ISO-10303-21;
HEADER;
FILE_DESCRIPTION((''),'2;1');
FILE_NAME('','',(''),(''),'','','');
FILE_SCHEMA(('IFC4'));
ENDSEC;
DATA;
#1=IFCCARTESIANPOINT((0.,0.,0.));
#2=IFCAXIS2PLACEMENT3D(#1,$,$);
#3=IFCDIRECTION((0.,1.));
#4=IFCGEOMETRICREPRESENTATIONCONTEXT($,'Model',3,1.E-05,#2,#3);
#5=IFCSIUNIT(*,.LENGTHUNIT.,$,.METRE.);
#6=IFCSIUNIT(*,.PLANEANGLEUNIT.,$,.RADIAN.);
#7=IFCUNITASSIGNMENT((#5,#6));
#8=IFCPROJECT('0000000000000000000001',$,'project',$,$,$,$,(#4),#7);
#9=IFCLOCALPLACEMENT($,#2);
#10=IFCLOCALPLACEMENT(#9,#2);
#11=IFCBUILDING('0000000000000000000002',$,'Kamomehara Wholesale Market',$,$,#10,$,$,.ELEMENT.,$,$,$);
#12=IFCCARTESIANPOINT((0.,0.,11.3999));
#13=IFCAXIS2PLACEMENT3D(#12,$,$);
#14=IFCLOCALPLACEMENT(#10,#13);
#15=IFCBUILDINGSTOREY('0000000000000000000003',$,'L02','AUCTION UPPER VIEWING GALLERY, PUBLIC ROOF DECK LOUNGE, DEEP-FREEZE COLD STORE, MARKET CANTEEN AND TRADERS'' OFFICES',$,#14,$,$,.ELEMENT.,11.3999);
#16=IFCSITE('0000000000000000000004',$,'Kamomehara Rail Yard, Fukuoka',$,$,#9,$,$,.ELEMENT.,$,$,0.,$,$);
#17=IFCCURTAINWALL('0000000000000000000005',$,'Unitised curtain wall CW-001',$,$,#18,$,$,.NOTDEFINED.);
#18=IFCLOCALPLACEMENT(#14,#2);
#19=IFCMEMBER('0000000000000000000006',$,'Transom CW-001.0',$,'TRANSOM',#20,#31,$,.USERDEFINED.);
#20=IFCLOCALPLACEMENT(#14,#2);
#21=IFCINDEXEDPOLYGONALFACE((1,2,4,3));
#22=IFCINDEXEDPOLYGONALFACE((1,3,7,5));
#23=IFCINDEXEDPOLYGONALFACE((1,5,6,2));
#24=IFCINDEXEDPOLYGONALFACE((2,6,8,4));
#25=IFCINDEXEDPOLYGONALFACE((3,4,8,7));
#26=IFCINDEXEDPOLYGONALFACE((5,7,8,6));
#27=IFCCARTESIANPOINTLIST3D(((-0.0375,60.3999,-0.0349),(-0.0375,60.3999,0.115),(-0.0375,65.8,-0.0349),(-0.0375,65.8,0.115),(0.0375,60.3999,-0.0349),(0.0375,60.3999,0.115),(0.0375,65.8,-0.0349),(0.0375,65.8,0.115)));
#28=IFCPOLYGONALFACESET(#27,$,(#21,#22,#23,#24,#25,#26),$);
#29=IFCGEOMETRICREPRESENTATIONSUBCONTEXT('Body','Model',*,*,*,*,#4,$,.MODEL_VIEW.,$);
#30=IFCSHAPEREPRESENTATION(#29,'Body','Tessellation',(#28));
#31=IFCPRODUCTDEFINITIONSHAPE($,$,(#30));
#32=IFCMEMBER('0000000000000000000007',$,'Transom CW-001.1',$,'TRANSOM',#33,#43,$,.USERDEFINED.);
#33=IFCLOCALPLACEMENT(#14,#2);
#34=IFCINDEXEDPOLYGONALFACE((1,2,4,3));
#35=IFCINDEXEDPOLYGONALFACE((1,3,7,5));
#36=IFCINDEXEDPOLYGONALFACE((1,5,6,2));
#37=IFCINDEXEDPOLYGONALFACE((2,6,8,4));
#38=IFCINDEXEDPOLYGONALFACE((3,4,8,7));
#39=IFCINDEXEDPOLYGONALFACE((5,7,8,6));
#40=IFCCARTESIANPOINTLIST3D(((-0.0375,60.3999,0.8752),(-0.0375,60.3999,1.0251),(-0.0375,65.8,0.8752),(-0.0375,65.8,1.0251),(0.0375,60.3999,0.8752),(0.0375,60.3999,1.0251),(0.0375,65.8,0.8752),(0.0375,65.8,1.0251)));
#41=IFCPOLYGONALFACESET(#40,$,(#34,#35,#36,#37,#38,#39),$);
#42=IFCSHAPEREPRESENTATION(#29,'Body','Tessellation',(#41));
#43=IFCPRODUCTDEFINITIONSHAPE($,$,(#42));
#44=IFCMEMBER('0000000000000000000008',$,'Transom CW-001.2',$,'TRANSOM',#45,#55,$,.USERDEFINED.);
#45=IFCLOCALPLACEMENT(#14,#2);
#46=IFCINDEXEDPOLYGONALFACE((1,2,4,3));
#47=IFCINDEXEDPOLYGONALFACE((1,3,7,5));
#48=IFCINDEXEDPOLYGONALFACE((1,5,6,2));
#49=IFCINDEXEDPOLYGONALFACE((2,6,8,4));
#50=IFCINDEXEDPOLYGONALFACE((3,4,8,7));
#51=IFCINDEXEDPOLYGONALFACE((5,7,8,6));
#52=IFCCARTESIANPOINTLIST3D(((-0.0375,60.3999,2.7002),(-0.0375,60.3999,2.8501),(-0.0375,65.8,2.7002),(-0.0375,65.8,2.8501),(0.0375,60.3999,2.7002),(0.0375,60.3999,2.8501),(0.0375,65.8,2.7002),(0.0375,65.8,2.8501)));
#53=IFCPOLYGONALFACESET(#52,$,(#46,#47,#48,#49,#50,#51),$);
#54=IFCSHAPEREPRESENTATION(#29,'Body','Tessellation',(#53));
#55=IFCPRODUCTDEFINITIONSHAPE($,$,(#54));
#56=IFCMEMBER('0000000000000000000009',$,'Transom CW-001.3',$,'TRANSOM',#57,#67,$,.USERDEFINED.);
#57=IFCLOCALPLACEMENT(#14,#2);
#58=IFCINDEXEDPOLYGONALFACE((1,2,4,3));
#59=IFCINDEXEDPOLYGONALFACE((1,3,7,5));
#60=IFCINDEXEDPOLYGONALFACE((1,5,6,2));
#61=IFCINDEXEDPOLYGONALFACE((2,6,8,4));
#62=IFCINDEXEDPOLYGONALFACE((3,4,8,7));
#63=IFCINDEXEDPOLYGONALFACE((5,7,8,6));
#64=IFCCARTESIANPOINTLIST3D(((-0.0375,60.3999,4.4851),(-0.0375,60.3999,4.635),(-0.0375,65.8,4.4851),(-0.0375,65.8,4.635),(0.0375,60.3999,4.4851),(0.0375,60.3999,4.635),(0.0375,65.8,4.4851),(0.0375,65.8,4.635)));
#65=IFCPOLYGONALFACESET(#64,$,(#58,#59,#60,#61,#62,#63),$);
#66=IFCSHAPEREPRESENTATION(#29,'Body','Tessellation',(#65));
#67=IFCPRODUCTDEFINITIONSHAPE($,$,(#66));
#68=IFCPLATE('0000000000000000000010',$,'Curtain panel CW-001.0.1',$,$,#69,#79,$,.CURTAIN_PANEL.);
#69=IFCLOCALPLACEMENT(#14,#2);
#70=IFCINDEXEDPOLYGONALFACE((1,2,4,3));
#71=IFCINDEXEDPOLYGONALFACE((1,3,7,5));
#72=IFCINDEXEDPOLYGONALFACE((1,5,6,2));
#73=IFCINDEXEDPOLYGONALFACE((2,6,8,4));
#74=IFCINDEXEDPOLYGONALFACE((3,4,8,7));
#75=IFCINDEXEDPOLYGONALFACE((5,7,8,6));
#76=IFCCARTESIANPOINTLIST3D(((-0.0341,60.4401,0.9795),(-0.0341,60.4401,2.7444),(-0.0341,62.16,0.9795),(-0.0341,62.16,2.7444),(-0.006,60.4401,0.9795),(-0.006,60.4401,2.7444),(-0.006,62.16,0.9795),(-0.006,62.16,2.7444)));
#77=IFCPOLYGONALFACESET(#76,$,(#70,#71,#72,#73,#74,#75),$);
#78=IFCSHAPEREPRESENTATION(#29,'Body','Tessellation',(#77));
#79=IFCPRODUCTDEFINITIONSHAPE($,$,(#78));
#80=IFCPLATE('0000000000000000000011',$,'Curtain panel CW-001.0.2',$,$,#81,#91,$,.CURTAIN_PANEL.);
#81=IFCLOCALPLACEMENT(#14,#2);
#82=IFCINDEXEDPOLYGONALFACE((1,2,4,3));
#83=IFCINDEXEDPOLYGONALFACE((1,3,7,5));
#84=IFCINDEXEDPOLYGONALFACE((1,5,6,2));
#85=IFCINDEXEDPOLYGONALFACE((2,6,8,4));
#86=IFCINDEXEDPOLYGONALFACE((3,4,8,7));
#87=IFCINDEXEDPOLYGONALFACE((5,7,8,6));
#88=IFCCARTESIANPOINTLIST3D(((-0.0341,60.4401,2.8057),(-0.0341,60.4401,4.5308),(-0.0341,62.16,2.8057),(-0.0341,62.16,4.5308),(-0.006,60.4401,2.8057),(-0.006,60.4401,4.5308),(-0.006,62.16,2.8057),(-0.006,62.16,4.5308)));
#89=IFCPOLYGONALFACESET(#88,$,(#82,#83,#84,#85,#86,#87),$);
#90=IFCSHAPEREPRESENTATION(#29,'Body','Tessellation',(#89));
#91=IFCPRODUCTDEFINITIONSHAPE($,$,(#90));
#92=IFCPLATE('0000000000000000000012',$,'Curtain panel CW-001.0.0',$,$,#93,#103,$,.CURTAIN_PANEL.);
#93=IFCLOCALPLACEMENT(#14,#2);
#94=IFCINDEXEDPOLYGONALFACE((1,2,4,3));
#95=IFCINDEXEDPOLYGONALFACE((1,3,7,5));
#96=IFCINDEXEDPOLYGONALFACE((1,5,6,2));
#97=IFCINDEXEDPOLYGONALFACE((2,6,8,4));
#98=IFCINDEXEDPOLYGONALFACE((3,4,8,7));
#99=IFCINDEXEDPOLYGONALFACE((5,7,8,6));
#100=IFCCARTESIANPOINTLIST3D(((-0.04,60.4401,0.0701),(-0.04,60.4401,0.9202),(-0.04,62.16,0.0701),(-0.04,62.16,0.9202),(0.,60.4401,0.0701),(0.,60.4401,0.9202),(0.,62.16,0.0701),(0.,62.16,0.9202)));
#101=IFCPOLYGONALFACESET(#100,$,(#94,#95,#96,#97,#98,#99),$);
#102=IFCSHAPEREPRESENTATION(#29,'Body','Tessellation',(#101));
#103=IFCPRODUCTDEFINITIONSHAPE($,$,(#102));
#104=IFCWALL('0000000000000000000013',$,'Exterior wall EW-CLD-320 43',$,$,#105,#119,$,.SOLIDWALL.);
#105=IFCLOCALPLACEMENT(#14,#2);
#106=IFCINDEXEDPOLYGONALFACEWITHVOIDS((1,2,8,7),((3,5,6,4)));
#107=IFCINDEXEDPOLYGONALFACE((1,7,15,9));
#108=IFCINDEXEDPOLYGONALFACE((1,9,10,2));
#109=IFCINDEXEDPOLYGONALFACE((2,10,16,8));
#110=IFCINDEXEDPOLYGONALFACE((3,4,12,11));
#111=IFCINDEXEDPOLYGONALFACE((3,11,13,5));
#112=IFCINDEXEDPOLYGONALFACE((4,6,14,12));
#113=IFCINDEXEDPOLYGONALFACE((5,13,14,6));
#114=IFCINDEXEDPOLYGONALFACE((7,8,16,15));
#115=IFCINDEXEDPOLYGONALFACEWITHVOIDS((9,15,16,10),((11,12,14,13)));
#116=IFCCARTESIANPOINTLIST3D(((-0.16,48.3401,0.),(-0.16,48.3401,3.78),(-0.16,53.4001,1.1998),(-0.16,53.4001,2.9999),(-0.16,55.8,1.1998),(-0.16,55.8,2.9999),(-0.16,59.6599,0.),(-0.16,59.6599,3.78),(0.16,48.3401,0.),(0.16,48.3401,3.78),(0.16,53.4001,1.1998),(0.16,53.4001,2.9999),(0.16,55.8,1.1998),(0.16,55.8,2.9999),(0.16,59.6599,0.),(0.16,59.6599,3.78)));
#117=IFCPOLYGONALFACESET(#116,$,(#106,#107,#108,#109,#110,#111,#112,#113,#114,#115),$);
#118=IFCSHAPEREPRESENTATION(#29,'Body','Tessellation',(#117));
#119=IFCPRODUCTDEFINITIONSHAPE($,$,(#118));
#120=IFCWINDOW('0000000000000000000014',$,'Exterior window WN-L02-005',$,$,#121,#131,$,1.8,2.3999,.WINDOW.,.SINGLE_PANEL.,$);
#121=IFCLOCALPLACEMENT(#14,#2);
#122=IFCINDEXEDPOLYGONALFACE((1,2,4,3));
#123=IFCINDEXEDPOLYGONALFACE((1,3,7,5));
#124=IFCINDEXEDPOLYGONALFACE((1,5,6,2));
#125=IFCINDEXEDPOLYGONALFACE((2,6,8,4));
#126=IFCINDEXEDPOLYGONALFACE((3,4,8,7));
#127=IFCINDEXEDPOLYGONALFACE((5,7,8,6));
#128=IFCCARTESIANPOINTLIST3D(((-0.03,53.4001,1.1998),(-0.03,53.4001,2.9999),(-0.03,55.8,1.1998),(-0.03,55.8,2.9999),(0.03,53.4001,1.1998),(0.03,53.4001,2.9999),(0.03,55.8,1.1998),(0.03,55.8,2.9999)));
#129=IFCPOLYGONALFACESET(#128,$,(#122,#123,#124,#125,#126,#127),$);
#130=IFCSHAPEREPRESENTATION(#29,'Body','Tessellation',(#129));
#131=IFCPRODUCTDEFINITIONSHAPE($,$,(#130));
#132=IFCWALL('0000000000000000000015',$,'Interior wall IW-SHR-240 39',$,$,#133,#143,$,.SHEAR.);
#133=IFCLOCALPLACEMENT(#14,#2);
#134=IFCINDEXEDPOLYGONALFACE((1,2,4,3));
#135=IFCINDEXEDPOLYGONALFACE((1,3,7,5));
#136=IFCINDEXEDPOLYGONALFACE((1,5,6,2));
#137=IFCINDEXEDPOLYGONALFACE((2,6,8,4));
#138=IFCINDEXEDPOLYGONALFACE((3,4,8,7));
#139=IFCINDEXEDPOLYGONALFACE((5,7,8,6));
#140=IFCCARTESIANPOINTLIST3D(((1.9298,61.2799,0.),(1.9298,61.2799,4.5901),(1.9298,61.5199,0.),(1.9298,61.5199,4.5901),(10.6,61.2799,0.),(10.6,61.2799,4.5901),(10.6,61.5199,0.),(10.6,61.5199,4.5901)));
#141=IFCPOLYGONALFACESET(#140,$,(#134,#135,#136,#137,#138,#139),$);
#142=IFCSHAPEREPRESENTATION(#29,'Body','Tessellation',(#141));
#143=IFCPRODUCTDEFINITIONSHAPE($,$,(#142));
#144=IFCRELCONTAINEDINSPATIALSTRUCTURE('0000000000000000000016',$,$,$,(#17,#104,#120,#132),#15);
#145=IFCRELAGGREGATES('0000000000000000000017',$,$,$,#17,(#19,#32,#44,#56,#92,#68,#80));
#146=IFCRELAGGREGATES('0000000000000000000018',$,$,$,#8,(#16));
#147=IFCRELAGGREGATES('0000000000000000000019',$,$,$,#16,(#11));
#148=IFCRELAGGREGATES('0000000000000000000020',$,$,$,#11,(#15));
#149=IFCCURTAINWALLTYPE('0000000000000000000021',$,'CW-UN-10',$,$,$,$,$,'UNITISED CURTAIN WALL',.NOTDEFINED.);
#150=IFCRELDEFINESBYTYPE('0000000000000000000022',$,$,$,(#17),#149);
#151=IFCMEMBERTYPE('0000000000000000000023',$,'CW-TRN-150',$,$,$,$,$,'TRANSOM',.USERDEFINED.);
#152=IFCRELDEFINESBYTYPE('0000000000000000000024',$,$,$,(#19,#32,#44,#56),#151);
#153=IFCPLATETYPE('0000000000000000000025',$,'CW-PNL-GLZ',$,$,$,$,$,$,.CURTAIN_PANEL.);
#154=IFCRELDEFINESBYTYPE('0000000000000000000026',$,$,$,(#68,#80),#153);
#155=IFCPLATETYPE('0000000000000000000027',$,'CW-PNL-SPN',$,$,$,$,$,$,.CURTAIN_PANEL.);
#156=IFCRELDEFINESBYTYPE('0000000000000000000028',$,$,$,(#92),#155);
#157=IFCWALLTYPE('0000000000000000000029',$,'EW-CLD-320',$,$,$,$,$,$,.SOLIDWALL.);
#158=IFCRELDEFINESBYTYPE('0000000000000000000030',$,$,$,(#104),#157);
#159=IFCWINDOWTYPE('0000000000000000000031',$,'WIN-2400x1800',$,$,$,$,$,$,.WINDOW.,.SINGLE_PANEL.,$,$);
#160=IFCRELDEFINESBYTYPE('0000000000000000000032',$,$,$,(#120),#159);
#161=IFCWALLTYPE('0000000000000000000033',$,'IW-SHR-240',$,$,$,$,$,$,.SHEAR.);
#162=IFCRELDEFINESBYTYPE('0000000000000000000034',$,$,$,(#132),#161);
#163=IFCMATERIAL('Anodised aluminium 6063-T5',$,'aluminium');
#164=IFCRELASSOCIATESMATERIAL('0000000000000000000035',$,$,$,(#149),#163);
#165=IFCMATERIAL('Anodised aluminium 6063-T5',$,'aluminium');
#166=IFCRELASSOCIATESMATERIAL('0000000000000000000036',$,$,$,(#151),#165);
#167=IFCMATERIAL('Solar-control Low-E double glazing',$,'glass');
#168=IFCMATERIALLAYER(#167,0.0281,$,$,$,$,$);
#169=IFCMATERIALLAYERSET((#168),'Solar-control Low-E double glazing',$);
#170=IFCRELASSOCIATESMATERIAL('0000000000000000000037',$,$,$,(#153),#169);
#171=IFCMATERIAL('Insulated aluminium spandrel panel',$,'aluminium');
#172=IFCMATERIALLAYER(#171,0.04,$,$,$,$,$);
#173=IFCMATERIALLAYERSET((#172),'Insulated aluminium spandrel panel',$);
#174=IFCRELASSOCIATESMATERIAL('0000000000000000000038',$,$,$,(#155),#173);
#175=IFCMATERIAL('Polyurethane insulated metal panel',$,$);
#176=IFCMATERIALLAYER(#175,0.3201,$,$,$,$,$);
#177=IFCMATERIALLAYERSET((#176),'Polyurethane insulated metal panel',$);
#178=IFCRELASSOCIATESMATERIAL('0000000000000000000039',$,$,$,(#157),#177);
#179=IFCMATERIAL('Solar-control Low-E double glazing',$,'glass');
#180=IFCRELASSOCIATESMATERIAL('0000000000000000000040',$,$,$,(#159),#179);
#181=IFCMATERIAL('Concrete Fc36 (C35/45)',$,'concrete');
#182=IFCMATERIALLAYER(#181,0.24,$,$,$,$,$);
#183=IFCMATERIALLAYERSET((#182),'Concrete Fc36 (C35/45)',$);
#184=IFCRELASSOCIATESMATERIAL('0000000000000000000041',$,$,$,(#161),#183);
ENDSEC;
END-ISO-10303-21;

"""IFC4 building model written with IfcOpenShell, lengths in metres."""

from ifc_helpers import new_model, si_unit, direction, frame, frame_2d, origin, origin_2d, place, context, subcontext, project, spatial, rectangle, extrude, material, layer, layer_set, material_profile, profile_set, type_object, element, fill, aggregate, save


model = new_model("IFC4")

# Units and contexts
model_context = context("Model", 3, precision=1e-05, world=origin(), true_north=direction((0.0, 1.0)))
body_context = subcontext(model_context, "Body", "Model", "MODEL_VIEW")
ifc_project = project(units=[si_unit("LENGTHUNIT", "METRE"), si_unit("PLANEANGLEUNIT", "RADIAN")], contexts=[model_context])

# Site, building, storey
site_placement = place(None, origin())
site = spatial("IfcSite", under=ifc_project, at=site_placement, Name="Kamomehara Rail Yard, Fukuoka", CompositionType="ELEMENT", RefElevation=0.0)
building_placement = place(site_placement, origin())
building = spatial("IfcBuilding", under=site, at=building_placement, Name="Kamomehara Wholesale Market", CompositionType="ELEMENT")
storey_placement = place(building_placement, frame((0.0, 0.0, 11.3999)))
storey = spatial("IfcBuildingStorey", under=building, at=storey_placement, Name="L02", Description="AUCTION UPPER VIEWING GALLERY, PUBLIC ROOF DECK LOUNGE, DEEP-FREEZE COLD STORE, MARKET CANTEEN AND TRADERS' OFFICES", CompositionType="ELEMENT", Elevation=11.3999)

# Curtain wall, members, plates
ifc_material_1 = material(Name="Anodised aluminium 6063-T5", Category="aluminium")
curtain_wall_type = type_object("IfcCurtainWallType", Name="CW-UN-10", ElementType="UNITISED CURTAIN WALL", PredefinedType="NOTDEFINED", material=ifc_material_1)
curtain_wall_placement = place(storey_placement, origin())
curtain_wall = element("IfcCurtainWall", 1, at=curtain_wall_placement, inside=storey, type_object=curtain_wall_type, Name="Unitised curtain wall CW-001", PredefinedType="NOTDEFINED")
ifc_material_2 = material(Name="Anodised aluminium 6063-T5", Category="aluminium")
ifc_material_profile_1 = material_profile(ifc_material_2, rectangle(XDim=0.075, YDim=0.1499, at=origin_2d()), Name="ALU-TRN-75x150")
ifc_profile_set_1 = profile_set([ifc_material_profile_1], Name="Anodised aluminium 6063-T5")
member_type_1 = type_object("IfcMemberType", Name="CW-TRN-150", ElementType="TRANSOM", PredefinedType="USERDEFINED", material=ifc_profile_set_1)
member_1_placement = place(storey_placement, frame((0.0, 60.3999, 0.04), z_axis=(0.0, 1.0, 0.0), x_axis=(-1.0, 0.0, 0.0)))
member_1 = element("IfcMember", 2, at=member_1_placement, type_object=member_type_1, Name="Transom CW-001.0", ObjectType="TRANSOM", PredefinedType="USERDEFINED", context=body_context, shape_type="SweptSolid", body=[
    extrude(rectangle(XDim=0.075, YDim=0.1499, at=origin_2d()), origin(), (0.0, 0.0, 1.0), 5.4001),
])
member_2_placement = place(storey_placement, frame((0.0, 60.3999, 0.9502), z_axis=(0.0, 1.0, 0.0), x_axis=(-1.0, 0.0, 0.0)))
member_2 = element("IfcMember", 3, at=member_2_placement, type_object=member_type_1, Name="Transom CW-001.1", ObjectType="TRANSOM", PredefinedType="USERDEFINED", context=body_context, shape_type="SweptSolid", body=[
    extrude(rectangle(XDim=0.075, YDim=0.1499, at=origin_2d()), origin(), (0.0, 0.0, 1.0), 5.4001),
])
member_3_placement = place(storey_placement, frame((0.0, 60.3999, 2.7751), z_axis=(0.0, 1.0, 0.0), x_axis=(-1.0, 0.0, 0.0)))
member_3 = element("IfcMember", 4, at=member_3_placement, type_object=member_type_1, Name="Transom CW-001.2", ObjectType="TRANSOM", PredefinedType="USERDEFINED", context=body_context, shape_type="SweptSolid", body=[
    extrude(rectangle(XDim=0.075, YDim=0.1499, at=origin_2d()), origin(), (0.0, 0.0, 1.0), 5.4001),
])
member_4_placement = place(storey_placement, frame((0.0, 60.3999, 4.5601), z_axis=(0.0, 1.0, 0.0), x_axis=(-1.0, 0.0, 0.0)))
member_4 = element("IfcMember", 5, at=member_4_placement, type_object=member_type_1, Name="Transom CW-001.3", ObjectType="TRANSOM", PredefinedType="USERDEFINED", context=body_context, shape_type="SweptSolid", body=[
    extrude(rectangle(XDim=0.075, YDim=0.1499, at=origin_2d()), origin(), (0.0, 0.0, 1.0), 5.4001),
])
ifc_material_3 = material(Name="Solar-control Low-E double glazing", Category="glass")
ifc_layer_1 = layer(ifc_material_3, 0.0281)
ifc_layer_set_1 = layer_set([ifc_layer_1], Name="Solar-control Low-E double glazing")
plate_type_1 = type_object("IfcPlateType", Name="CW-PNL-GLZ", PredefinedType="CURTAIN_PANEL", material=ifc_layer_set_1)
plate_1_placement = place(storey_placement, frame((-0.02, 61.3, 0.9795), z_axis=(0.0, 0.0, 1.0), x_axis=(0.0, 1.0, 0.0)))
plate_1 = element("IfcPlate", 6, at=plate_1_placement, type_object=plate_type_1, Name="Curtain panel CW-001.0.1", PredefinedType="CURTAIN_PANEL", context=body_context, shape_type="SweptSolid", body=[
    extrude(rectangle(XDim=1.72, YDim=0.0281, at=origin_2d()), origin(), (0.0, 0.0, 1.0), 1.7649),
])
plate_2_placement = place(storey_placement, frame((-0.02, 61.3, 2.8057), z_axis=(0.0, 0.0, 1.0), x_axis=(0.0, 1.0, 0.0)))
plate_2 = element("IfcPlate", 7, at=plate_2_placement, type_object=plate_type_1, Name="Curtain panel CW-001.0.2", PredefinedType="CURTAIN_PANEL", context=body_context, shape_type="SweptSolid", body=[
    extrude(rectangle(XDim=1.72, YDim=0.0281, at=origin_2d()), origin(), (0.0, 0.0, 1.0), 1.7251),
])
ifc_material_4 = material(Name="Insulated aluminium spandrel panel", Category="aluminium")
ifc_layer_2 = layer(ifc_material_4, 0.04)
ifc_layer_set_2 = layer_set([ifc_layer_2], Name="Insulated aluminium spandrel panel")
plate_type_2 = type_object("IfcPlateType", Name="CW-PNL-SPN", PredefinedType="CURTAIN_PANEL", material=ifc_layer_set_2)
plate_3_placement = place(storey_placement, frame((-0.02, 61.3, 0.0701), z_axis=(0.0, 0.0, 1.0), x_axis=(0.0, 1.0, 0.0)))
plate_3 = element("IfcPlate", 8, at=plate_3_placement, type_object=plate_type_2, Name="Curtain panel CW-001.0.0", PredefinedType="CURTAIN_PANEL", context=body_context, shape_type="SweptSolid", body=[
    extrude(rectangle(XDim=1.72, YDim=0.04, at=origin_2d()), origin(), (0.0, 0.0, 1.0), 0.8501),
])
aggregate(curtain_wall, [member_1, member_2, member_3, member_4, plate_3, plate_1, plate_2])

# Wall, opening, window
ifc_material_5 = material(Name="Polyurethane insulated metal panel")
ifc_layer_3 = layer(ifc_material_5, 0.3201)
ifc_layer_set_3 = layer_set([ifc_layer_3], Name="Polyurethane insulated metal panel")
wall_type_1 = type_object("IfcWallType", Name="EW-CLD-320", PredefinedType="SOLIDWALL", material=ifc_layer_set_3)
wall_1_placement = place(storey_placement, frame((0.0, 48.3401, 0.0), z_axis=(0.0, 0.0, 1.0), x_axis=(0.0, 1.0, 0.0)))
wall_1 = element("IfcWall", 9, at=wall_1_placement, inside=storey, type_object=wall_type_1, Name="Exterior wall EW-CLD-320 43", PredefinedType="SOLIDWALL", context=body_context, shape_type="SweptSolid", body=[
    extrude(rectangle(XDim=11.3198, YDim=0.3201, at=frame_2d((5.6599, 0.0))), origin(), (0.0, 0.0, 1.0), 3.78),
])
opening_1_placement = place(wall_1_placement, frame((5.0601, 0.0, 1.2)))
opening_1 = element("IfcOpeningElement", 10, at=opening_1_placement, cuts=wall_1, PredefinedType="OPENING", context=body_context, shape_type="SweptSolid", body=[
    extrude(rectangle(XDim=2.3999, YDim=1.8, at=frame_2d((1.2, 0.8999))), frame((0.0, 0.1748, 0.0), z_axis=(0.0, -1.0, 0.0), x_axis=(1.0, 0.0, 0.0)), (0.0, 0.0, 1.0), 0.3499),
])
ifc_material_6 = material(Name="Solar-control Low-E double glazing", Category="glass")
window_type = type_object("IfcWindowType", Name="WIN-2400x1800", PartitioningType="SINGLE_PANEL", PredefinedType="WINDOW", material=ifc_material_6)
window_placement = place(opening_1_placement, origin())
window = element("IfcWindow", 11, at=window_placement, inside=storey, type_object=window_type, Name="Exterior window WN-L02-005", OverallHeight=1.8, OverallWidth=2.3999, PartitioningType="SINGLE_PANEL", PredefinedType="WINDOW", context=body_context, shape_type="SweptSolid", body=[
    extrude(rectangle(XDim=2.3999, YDim=1.8, at=frame_2d((1.2, 0.8999))), frame((0.0, 0.03, 0.0), z_axis=(0.0, -1.0, 0.0), x_axis=(1.0, 0.0, 0.0)), (0.0, 0.0, 1.0), 0.0601),
])
fill(opening_1, window)

# Wall
ifc_material_7 = material(Name="Concrete Fc36 (C35/45)", Category="concrete")
ifc_layer_4 = layer(ifc_material_7, 0.24)
ifc_layer_set_4 = layer_set([ifc_layer_4], Name="Concrete Fc36 (C35/45)")
wall_type_2 = type_object("IfcWallType", Name="IW-SHR-240", PredefinedType="SHEAR", material=ifc_layer_set_4)
wall_2_placement = place(storey_placement, frame((1.9299, 61.3999, 0.0), z_axis=(0.0, 0.0, 1.0), x_axis=(1.0, 0.0, 0.0)))
element("IfcWall", 12, at=wall_2_placement, inside=storey, type_object=wall_type_2, Name="Interior wall IW-SHR-240 39", PredefinedType="SHEAR", context=body_context, shape_type="SweptSolid", body=[
    extrude(rectangle(XDim=8.6702, YDim=0.24, at=frame_2d((4.335, 0.0))), origin(), (0.0, 0.0, 1.0), 4.5901),
])

save(model, "model.ifc")
